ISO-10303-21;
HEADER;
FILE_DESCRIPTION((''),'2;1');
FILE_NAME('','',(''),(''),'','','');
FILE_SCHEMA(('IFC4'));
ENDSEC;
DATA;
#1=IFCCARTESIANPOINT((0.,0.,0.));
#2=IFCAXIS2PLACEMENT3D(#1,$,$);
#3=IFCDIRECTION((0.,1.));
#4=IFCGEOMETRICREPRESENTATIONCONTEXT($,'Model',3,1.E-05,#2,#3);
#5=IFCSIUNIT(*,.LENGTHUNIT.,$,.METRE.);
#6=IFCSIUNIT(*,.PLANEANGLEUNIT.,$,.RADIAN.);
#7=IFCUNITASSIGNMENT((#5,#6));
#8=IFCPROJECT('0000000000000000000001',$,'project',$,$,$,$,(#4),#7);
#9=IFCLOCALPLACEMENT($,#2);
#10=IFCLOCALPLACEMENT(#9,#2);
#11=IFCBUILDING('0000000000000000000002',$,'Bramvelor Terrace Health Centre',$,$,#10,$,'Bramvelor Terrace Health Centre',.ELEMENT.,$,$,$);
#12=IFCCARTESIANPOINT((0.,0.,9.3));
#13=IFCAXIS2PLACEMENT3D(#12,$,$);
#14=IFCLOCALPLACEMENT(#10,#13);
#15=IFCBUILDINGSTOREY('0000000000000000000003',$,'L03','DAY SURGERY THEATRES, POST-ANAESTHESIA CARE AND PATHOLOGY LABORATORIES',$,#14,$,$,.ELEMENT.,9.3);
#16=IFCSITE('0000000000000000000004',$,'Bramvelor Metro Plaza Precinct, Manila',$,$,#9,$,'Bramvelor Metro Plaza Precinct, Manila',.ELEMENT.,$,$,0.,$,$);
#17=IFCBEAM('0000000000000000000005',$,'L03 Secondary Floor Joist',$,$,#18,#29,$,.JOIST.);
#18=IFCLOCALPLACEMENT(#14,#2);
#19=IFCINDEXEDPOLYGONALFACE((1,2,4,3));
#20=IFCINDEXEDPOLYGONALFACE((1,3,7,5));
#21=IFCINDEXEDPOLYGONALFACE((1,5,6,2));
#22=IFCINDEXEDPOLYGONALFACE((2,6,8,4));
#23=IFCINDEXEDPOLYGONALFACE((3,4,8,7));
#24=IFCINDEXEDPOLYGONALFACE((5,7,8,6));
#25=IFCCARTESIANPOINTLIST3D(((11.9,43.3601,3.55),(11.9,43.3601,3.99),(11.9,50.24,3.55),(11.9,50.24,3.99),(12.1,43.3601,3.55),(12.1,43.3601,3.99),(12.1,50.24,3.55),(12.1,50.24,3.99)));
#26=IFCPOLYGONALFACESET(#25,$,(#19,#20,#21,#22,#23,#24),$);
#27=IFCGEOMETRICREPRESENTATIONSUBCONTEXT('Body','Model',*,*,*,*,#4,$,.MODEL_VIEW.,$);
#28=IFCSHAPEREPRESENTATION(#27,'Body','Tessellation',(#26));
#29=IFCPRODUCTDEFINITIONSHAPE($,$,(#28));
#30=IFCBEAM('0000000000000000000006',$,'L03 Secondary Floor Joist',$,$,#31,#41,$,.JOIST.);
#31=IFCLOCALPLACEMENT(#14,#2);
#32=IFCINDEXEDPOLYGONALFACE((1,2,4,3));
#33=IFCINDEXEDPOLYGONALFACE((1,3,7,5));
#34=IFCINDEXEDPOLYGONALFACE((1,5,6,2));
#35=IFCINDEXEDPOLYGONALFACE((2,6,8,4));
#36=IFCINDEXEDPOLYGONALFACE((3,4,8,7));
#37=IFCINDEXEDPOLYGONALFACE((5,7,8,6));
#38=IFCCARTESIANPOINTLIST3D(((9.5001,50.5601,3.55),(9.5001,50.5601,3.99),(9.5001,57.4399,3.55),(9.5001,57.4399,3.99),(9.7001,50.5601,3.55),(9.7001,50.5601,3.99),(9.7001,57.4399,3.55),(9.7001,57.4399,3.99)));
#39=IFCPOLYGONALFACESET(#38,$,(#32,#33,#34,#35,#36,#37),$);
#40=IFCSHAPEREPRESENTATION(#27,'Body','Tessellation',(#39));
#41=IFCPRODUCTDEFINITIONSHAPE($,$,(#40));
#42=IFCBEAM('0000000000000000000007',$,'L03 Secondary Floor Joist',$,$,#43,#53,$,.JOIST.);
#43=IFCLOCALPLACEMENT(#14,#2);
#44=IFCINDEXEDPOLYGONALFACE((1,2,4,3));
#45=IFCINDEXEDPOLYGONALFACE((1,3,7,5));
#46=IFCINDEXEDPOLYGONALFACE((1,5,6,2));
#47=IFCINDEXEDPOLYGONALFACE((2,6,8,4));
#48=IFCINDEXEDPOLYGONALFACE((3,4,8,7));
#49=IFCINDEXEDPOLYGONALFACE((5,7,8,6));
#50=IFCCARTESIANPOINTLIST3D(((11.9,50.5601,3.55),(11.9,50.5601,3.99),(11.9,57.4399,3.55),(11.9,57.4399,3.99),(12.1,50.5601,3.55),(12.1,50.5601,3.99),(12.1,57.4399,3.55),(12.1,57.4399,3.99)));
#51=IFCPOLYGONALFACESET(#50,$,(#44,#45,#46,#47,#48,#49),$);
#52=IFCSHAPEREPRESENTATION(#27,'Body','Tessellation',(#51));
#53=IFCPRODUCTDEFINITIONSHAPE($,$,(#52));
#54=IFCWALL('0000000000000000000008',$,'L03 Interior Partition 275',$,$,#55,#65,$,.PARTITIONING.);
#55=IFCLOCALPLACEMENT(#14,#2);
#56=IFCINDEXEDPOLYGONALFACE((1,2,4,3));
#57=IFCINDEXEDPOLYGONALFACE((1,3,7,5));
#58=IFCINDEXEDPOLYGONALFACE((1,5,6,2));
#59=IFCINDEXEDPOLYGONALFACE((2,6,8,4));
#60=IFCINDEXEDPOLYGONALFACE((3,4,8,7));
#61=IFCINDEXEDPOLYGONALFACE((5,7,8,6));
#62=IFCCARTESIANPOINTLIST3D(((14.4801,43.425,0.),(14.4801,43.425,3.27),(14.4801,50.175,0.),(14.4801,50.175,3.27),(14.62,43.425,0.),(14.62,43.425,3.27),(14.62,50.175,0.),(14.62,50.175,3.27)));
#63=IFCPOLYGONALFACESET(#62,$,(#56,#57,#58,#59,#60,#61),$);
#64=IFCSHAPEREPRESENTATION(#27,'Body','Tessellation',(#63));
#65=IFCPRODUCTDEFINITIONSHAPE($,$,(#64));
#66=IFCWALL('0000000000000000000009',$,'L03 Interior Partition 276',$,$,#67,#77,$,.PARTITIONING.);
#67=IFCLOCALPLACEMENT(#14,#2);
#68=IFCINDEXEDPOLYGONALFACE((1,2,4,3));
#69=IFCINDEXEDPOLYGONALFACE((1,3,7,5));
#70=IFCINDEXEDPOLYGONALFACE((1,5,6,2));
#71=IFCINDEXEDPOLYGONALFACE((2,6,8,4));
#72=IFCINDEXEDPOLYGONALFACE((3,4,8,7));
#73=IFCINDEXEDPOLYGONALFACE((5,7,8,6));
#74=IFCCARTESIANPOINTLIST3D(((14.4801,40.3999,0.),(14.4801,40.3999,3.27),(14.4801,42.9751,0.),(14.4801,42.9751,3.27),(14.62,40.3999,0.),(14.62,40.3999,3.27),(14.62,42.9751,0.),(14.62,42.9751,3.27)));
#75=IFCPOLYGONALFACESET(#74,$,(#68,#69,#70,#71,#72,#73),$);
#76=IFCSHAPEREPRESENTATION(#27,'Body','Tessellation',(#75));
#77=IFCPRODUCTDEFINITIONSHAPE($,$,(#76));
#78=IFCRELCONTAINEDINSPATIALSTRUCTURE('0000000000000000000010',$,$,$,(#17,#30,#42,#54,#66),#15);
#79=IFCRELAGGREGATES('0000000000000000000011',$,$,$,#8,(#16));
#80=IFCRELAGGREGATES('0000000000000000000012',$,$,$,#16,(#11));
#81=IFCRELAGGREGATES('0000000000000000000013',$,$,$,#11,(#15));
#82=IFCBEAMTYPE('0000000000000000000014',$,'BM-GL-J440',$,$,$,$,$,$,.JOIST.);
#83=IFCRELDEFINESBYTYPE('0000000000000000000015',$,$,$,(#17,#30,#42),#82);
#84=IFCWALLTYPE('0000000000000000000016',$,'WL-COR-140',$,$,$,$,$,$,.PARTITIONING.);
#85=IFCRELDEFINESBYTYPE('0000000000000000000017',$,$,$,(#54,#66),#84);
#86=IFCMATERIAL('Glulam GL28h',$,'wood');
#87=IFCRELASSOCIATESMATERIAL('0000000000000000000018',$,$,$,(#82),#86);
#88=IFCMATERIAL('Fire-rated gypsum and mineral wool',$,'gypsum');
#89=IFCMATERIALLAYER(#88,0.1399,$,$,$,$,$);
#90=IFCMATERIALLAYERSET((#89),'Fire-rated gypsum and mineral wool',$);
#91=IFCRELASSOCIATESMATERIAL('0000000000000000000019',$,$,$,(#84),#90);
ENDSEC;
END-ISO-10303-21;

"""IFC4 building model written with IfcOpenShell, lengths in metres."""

from ifc_helpers import new_model, si_unit, direction, frame, frame_2d, origin, origin_2d, place, context, subcontext, project, spatial, rectangle, extrude, material, layer, layer_set, material_profile, profile_set, type_object, element, save


model = new_model("IFC4")

# Units and contexts
model_context = context("Model", 3, precision=1e-05, world=origin(), true_north=direction((0.0, 1.0)))
body_context = subcontext(model_context, "Body", "Model", "MODEL_VIEW")
ifc_project = project(units=[si_unit("LENGTHUNIT", "METRE"), si_unit("PLANEANGLEUNIT", "RADIAN")], contexts=[model_context])

# Site, building, storey
site_placement = place(None, origin())
site = spatial("IfcSite", under=ifc_project, at=site_placement, Name="Bramvelor Metro Plaza Precinct, Manila", LongName="Bramvelor Metro Plaza Precinct, Manila", CompositionType="ELEMENT", RefElevation=0.0)
building_placement = place(site_placement, origin())
building = spatial("IfcBuilding", under=site, at=building_placement, Name="Bramvelor Terrace Health Centre", LongName="Bramvelor Terrace Health Centre", CompositionType="ELEMENT")
storey_placement = place(building_placement, frame((0.0, 0.0, 9.3)))
storey = spatial("IfcBuildingStorey", under=building, at=storey_placement, Name="L03", Description="DAY SURGERY THEATRES, POST-ANAESTHESIA CARE AND PATHOLOGY LABORATORIES", CompositionType="ELEMENT", Elevation=9.3)

# Beams
ifc_material_1 = material(Name="Glulam GL28h", Category="wood")
ifc_material_profile_1 = material_profile(ifc_material_1, rectangle(XDim=0.2, YDim=0.4399, at=origin_2d()), Name="GL 200x440")
ifc_profile_set_1 = profile_set([ifc_material_profile_1], Name="Glulam GL28h")
beam_type_1 = type_object("IfcBeamType", Name="BM-GL-J440", PredefinedType="JOIST", material=ifc_profile_set_1)
for number, where, z_axis, x_axis, name in (
    (1, (12.0, 43.3601, 3.77), (0.0, 1.0, 0.0), (-1.0, 0.0, 0.0), "L03 Secondary Floor Joist"),
    (2, (9.6001, 50.5601, 3.77), (0.0, 1.0, 0.0), (-1.0, 0.0, 0.0), "L03 Secondary Floor Joist"),
    (3, (12.0, 50.5601, 3.77), (0.0, 1.0, 0.0), (-1.0, 0.0, 0.0), "L03 Secondary Floor Joist"),
):
    element("IfcBeam", number, at=place(storey_placement, frame(where, z_axis=z_axis, x_axis=x_axis)), inside=storey, type_object=beam_type_1, Name=name, PredefinedType="JOIST", context=body_context, shape_type="SweptSolid", body=[
        extrude(rectangle(XDim=0.2, YDim=0.4399, at=origin_2d()), origin(), (0.0, 0.0, 1.0), 6.8799),
    ])

# Walls
ifc_material_2 = material(Name="Fire-rated gypsum and mineral wool", Category="gypsum")
ifc_layer = layer(ifc_material_2, 0.1399)
ifc_layer_set = layer_set([ifc_layer], Name="Fire-rated gypsum and mineral wool")
wall_type = type_object("IfcWallType", Name="WL-COR-140", PredefinedType="PARTITIONING", material=ifc_layer_set)
wall_1_placement = place(storey_placement, frame((14.55, 50.175, 0.0), z_axis=(0.0, 0.0, 1.0), x_axis=(0.0, -1.0, 0.0)))
element("IfcWall", 4, at=wall_1_placement, inside=storey, type_object=wall_type, Name="L03 Interior Partition 275", PredefinedType="PARTITIONING", context=body_context, shape_type="SweptSolid", body=[
    extrude(rectangle(XDim=6.75, YDim=0.1399, at=frame_2d((3.375, 0.0))), origin(), (0.0, 0.0, 1.0), 3.27),
])
wall_2_placement = place(storey_placement, frame((14.55, 42.9751, 0.0), z_axis=(0.0, 0.0, 1.0), x_axis=(0.0, -1.0, 0.0)))
element("IfcWall", 5, at=wall_2_placement, inside=storey, type_object=wall_type, Name="L03 Interior Partition 276", PredefinedType="PARTITIONING", context=body_context, shape_type="SweptSolid", body=[
    extrude(rectangle(XDim=2.5752, YDim=0.1399, at=frame_2d((1.2876, 0.0))), origin(), (0.0, 0.0, 1.0), 3.27),
])

save(model, "model.ifc")
